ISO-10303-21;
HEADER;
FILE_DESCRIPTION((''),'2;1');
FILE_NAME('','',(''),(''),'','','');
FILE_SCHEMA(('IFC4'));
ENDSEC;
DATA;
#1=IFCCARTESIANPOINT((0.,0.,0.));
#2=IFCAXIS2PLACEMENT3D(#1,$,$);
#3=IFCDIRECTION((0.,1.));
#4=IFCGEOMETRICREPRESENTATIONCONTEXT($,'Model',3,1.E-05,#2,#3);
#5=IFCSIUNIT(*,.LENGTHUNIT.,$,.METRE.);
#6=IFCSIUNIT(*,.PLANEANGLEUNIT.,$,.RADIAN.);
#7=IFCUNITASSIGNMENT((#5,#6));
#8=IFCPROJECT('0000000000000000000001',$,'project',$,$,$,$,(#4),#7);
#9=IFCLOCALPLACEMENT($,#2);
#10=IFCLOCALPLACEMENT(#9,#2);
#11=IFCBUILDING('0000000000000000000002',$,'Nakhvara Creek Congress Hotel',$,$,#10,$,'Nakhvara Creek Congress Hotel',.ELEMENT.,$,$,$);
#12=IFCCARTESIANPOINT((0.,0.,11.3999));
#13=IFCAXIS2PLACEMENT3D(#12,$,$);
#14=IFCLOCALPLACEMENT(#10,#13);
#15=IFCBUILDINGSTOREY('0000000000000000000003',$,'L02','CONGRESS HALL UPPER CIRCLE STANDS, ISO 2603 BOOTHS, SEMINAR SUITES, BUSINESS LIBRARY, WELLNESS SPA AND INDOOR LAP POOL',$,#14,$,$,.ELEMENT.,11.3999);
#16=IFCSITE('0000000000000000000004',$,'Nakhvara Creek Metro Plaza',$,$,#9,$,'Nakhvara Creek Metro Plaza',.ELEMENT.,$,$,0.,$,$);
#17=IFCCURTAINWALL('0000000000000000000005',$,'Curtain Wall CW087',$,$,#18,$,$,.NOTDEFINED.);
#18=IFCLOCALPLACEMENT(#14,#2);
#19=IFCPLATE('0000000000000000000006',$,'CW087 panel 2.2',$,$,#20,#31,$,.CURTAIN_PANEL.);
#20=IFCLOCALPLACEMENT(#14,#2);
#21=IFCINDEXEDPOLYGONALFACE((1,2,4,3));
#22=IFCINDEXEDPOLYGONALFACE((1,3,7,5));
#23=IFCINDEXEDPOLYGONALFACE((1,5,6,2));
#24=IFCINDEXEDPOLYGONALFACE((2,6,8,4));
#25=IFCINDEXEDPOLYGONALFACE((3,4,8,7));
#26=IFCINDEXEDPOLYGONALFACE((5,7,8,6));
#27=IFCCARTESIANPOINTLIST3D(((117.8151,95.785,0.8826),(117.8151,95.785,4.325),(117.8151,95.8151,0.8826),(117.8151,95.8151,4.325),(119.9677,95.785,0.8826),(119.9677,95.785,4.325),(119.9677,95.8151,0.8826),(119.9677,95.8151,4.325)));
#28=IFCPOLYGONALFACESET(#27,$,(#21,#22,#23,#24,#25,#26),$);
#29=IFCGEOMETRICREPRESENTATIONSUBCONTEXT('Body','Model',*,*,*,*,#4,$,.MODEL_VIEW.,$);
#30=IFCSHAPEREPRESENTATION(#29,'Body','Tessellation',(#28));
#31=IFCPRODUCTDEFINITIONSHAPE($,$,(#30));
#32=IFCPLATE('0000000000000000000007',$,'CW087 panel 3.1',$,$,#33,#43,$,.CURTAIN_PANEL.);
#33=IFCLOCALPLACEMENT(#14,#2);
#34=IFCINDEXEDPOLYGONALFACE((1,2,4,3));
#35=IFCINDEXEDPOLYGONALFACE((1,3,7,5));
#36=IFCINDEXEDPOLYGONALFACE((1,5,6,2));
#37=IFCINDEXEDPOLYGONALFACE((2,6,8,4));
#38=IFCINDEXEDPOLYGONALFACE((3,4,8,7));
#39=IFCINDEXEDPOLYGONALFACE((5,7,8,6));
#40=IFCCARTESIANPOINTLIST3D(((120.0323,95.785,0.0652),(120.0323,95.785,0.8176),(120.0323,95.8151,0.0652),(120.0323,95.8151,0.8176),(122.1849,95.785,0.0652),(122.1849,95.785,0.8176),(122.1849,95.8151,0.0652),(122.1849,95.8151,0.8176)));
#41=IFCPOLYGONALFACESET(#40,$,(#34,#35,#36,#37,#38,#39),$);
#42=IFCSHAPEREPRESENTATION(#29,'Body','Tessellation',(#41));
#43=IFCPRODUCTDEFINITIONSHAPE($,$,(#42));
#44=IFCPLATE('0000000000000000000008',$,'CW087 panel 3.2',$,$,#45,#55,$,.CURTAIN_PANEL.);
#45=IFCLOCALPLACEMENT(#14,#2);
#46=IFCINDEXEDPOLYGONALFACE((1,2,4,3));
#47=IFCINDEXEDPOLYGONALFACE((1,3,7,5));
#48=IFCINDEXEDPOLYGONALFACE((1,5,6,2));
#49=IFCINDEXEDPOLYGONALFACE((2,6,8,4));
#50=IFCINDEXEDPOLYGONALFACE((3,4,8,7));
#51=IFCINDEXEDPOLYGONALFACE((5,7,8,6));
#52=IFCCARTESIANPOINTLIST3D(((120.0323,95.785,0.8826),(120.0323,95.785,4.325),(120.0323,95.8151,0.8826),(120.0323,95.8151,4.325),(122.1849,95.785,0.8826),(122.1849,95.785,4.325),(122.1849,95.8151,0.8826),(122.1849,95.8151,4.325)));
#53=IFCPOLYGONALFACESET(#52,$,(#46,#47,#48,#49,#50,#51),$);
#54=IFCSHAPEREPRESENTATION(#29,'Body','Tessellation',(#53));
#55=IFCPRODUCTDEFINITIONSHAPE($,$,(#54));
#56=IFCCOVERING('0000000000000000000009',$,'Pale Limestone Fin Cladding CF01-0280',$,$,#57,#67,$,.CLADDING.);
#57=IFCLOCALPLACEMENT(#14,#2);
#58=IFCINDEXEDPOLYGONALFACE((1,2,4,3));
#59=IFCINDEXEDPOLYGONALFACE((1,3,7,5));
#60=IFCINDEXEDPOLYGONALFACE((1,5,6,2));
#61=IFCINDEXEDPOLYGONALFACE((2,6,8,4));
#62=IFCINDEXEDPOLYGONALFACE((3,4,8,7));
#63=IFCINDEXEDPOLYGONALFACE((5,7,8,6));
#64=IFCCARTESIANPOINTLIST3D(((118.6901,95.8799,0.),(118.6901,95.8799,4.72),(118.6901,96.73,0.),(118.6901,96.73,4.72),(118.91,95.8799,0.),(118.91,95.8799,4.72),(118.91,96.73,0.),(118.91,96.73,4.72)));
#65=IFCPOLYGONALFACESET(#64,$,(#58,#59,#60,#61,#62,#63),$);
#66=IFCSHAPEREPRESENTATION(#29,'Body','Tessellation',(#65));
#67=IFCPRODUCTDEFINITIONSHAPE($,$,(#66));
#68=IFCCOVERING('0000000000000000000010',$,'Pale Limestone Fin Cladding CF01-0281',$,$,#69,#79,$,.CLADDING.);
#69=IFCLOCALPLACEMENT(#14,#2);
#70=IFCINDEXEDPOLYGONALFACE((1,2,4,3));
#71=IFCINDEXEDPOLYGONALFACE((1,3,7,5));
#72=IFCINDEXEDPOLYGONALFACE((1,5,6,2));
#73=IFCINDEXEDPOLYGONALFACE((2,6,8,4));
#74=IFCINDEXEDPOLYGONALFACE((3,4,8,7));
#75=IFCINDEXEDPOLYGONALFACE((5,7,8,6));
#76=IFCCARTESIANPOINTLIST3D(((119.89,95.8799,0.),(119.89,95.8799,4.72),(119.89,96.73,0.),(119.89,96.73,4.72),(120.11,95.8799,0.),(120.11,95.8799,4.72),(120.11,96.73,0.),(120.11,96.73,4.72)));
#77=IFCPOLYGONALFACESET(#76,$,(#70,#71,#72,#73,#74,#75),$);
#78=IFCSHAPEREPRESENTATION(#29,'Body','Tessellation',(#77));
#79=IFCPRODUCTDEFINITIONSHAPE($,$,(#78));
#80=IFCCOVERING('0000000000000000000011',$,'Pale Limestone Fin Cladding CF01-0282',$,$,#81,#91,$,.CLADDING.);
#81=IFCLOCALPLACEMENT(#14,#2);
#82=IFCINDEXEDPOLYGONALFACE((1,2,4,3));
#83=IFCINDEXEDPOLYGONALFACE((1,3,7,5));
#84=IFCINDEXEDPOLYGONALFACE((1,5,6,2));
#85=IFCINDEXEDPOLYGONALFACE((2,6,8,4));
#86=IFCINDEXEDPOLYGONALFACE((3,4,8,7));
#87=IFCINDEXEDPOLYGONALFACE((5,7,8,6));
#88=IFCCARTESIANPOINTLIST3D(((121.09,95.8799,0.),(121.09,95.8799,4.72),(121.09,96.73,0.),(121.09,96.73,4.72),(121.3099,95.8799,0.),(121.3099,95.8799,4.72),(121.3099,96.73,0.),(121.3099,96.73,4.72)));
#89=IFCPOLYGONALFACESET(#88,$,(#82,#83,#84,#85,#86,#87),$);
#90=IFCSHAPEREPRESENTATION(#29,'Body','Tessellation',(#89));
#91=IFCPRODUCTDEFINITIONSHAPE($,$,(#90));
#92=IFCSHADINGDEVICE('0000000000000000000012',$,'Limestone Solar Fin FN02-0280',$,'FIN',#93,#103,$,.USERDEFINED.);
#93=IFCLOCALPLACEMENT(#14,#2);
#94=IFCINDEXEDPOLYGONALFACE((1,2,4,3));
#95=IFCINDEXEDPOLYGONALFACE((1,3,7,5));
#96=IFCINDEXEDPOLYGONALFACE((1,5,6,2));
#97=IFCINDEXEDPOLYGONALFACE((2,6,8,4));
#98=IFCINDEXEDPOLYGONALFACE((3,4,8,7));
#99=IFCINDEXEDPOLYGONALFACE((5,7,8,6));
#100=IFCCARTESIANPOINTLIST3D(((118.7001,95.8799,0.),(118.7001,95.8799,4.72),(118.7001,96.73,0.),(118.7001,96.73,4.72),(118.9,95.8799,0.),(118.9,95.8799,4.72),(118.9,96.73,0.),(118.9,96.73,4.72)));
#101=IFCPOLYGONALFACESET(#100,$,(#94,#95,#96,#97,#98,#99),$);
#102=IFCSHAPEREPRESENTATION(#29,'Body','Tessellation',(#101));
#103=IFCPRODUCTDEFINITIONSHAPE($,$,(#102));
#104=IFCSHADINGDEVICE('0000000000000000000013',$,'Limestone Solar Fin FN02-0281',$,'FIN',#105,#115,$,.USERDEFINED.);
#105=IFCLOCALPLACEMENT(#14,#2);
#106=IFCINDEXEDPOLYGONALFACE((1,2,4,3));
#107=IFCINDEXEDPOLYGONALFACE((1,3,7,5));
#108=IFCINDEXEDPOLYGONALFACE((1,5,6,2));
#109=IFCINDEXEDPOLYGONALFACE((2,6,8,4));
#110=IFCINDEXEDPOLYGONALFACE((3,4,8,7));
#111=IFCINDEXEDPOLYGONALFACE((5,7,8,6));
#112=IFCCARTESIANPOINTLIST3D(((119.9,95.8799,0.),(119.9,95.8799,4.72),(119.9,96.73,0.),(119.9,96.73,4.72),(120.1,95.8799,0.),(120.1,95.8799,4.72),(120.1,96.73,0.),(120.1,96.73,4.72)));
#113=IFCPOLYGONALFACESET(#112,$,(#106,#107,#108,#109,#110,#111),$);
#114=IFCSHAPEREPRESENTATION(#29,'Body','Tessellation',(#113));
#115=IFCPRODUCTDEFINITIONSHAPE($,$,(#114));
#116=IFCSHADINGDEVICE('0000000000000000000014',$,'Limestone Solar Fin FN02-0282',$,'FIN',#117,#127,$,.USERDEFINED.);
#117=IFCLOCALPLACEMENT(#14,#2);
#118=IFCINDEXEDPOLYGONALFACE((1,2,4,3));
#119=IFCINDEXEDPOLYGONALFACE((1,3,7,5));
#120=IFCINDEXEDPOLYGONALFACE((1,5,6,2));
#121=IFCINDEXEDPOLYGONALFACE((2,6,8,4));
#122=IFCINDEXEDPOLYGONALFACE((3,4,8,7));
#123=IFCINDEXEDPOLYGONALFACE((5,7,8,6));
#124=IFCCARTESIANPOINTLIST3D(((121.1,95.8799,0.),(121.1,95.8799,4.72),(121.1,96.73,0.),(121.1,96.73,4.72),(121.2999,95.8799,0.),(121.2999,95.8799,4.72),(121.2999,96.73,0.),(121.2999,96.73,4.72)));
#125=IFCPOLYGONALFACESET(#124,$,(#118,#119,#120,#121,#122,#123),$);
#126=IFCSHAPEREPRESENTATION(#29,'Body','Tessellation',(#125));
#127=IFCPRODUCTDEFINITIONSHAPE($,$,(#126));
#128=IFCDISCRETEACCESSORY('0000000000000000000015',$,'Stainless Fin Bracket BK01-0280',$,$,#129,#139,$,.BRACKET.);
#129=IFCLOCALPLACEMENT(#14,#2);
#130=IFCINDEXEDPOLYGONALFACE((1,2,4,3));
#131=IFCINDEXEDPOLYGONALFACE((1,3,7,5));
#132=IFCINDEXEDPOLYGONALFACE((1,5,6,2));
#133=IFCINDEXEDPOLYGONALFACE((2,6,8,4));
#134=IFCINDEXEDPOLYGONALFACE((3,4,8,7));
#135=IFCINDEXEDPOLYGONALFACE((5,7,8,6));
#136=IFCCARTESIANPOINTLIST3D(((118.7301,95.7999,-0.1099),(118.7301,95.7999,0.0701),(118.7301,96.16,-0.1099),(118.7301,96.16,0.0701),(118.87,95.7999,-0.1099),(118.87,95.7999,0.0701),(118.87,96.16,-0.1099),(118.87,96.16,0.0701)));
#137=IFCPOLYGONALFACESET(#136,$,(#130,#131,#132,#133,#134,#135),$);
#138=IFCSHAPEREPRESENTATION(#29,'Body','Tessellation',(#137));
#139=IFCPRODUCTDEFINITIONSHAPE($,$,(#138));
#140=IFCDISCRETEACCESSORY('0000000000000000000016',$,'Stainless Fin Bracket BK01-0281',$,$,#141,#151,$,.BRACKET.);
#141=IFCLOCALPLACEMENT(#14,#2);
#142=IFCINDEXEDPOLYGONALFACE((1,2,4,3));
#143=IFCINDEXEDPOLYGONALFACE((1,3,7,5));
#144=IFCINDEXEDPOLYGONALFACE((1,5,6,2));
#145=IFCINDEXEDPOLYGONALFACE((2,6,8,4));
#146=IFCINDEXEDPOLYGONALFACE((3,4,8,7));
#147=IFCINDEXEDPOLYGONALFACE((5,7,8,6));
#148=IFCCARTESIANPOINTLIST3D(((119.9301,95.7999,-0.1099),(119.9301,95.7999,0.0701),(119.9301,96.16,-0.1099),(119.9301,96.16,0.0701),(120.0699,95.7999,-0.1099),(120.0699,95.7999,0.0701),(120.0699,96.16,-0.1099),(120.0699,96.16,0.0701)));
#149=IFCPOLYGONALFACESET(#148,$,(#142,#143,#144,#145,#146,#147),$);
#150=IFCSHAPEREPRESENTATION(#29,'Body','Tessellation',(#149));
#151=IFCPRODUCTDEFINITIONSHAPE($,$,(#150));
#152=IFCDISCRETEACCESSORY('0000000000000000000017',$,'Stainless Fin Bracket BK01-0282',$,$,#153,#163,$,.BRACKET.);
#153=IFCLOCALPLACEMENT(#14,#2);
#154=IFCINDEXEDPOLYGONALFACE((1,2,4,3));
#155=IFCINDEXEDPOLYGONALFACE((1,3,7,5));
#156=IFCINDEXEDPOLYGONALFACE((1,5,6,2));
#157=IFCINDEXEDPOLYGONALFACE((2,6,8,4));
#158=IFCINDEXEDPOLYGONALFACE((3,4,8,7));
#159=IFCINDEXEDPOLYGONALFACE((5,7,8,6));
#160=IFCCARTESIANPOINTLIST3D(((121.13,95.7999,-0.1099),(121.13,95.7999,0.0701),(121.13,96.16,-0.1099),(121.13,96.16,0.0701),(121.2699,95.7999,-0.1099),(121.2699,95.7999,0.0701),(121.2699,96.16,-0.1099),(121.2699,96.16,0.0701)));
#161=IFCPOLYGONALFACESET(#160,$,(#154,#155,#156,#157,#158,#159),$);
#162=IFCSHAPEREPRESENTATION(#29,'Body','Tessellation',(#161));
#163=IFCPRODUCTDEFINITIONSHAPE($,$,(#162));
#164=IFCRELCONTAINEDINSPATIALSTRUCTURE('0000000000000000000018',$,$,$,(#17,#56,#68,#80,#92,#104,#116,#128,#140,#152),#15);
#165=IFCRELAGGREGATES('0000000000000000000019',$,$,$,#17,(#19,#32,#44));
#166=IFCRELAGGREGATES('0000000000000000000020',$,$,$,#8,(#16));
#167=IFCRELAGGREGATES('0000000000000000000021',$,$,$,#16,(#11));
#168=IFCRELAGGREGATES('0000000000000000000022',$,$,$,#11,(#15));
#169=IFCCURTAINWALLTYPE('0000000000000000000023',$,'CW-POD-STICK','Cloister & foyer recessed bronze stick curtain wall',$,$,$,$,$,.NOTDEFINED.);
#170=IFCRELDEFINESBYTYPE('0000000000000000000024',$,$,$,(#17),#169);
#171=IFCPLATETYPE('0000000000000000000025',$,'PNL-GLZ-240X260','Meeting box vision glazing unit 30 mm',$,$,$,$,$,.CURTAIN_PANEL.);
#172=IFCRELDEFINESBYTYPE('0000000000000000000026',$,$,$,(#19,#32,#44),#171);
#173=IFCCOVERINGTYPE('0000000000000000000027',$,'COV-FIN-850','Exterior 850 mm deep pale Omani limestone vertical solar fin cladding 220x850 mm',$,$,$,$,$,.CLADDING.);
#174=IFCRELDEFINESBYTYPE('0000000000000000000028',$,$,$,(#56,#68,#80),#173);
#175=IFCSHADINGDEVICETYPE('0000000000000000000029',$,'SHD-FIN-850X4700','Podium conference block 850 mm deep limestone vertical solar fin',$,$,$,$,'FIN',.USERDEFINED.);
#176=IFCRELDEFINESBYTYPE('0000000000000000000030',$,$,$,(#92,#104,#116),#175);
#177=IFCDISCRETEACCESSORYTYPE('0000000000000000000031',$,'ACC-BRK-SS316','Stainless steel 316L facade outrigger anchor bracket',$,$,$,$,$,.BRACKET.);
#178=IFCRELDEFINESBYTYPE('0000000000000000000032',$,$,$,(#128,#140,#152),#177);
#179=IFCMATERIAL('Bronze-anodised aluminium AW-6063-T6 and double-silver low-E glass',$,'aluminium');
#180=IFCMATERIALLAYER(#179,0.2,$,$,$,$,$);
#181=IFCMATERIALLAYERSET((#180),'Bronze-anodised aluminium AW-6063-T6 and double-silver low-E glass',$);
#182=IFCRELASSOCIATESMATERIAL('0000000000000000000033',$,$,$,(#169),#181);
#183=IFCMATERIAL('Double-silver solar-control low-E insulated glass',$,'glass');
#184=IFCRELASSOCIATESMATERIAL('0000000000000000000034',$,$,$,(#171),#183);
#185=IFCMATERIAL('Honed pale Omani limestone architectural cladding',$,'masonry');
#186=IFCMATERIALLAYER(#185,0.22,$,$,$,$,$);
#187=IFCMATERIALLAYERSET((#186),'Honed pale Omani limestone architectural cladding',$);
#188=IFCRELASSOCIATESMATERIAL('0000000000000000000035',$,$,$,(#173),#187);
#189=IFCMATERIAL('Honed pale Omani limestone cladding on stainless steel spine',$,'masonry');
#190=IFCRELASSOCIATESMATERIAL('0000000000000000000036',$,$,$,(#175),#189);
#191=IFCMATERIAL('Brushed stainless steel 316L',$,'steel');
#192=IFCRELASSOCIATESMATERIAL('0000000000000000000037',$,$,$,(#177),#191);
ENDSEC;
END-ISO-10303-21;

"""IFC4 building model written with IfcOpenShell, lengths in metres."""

from ifc_helpers import new_model, si_unit, direction, frame, origin, origin_2d, place, context, subcontext, project, spatial, rectangle, extrude, material, layer, layer_set, type_object, element, aggregate, save


model = new_model("IFC4")

# Units and contexts
model_context = context("Model", 3, precision=1e-05, world=origin(), true_north=direction((0.0, 1.0)))
body_context = subcontext(model_context, "Body", "Model", "MODEL_VIEW")
ifc_project = project(units=[si_unit("LENGTHUNIT", "METRE"), si_unit("PLANEANGLEUNIT", "RADIAN")], contexts=[model_context])

# Site, building, storey
site_placement = place(None, origin())
site = spatial("IfcSite", under=ifc_project, at=site_placement, Name="Nakhvara Creek Metro Plaza", LongName="Nakhvara Creek Metro Plaza", CompositionType="ELEMENT", RefElevation=0.0)
building_placement = place(site_placement, origin())
building = spatial("IfcBuilding", under=site, at=building_placement, Name="Nakhvara Creek Congress Hotel", LongName="Nakhvara Creek Congress Hotel", CompositionType="ELEMENT")
storey_placement = place(building_placement, frame((0.0, 0.0, 11.3999)))
storey = spatial("IfcBuildingStorey", under=building, at=storey_placement, Name="L02", Description="CONGRESS HALL UPPER CIRCLE STANDS, ISO 2603 BOOTHS, SEMINAR SUITES, BUSINESS LIBRARY, WELLNESS SPA AND INDOOR LAP POOL", CompositionType="ELEMENT", Elevation=11.3999)

# Curtain wall, plates
ifc_material_1 = material(Name="Bronze-anodised aluminium AW-6063-T6 and double-silver low-E glass", Category="aluminium")
ifc_layer_1 = layer(ifc_material_1, 0.2)
ifc_layer_set_1 = layer_set([ifc_layer_1], Name="Bronze-anodised aluminium AW-6063-T6 and double-silver low-E glass")
curtain_wall_type = type_object("IfcCurtainWallType", Name="CW-POD-STICK", Description="Cloister & foyer recessed bronze stick curtain wall", PredefinedType="NOTDEFINED", material=ifc_layer_set_1)
curtain_wall_placement = place(storey_placement, origin())
curtain_wall = element("IfcCurtainWall", 1, at=curtain_wall_placement, inside=storey, type_object=curtain_wall_type, Name="Curtain Wall CW087", PredefinedType="NOTDEFINED")
ifc_material_2 = material(Name="Double-silver solar-control low-E insulated glass", Category="glass")
plate_type = type_object("IfcPlateType", Name="PNL-GLZ-240X260", Description="Meeting box vision glazing unit 30 mm", PredefinedType="CURTAIN_PANEL", material=ifc_material_2)
plate_1_placement = place(storey_placement, frame((118.8914, 95.8, 0.8826), z_axis=(0.0, 0.0, 1.0), x_axis=(1.0, 0.0, 0.0)))
plate_1 = element("IfcPlate", 2, at=plate_1_placement, type_object=plate_type, Name="CW087 panel 2.2", PredefinedType="CURTAIN_PANEL", context=body_context, shape_type="SweptSolid", body=[
    extrude(rectangle(XDim=2.1526, YDim=0.03, at=origin_2d()), origin(), (0.0, 0.0, 1.0), 3.4424),
])
plate_2_placement = place(storey_placement, frame((121.1086, 95.8, 0.0652), z_axis=(0.0, 0.0, 1.0), x_axis=(1.0, 0.0, 0.0)))
plate_2 = element("IfcPlate", 3, at=plate_2_placement, type_object=plate_type, Name="CW087 panel 3.1", PredefinedType="CURTAIN_PANEL", context=body_context, shape_type="SweptSolid", body=[
    extrude(rectangle(XDim=2.1526, YDim=0.03, at=origin_2d()), origin(), (0.0, 0.0, 1.0), 0.7524),
])
plate_3_placement = place(storey_placement, frame((121.1086, 95.8, 0.8826), z_axis=(0.0, 0.0, 1.0), x_axis=(1.0, 0.0, 0.0)))
plate_3 = element("IfcPlate", 4, at=plate_3_placement, type_object=plate_type, Name="CW087 panel 3.2", PredefinedType="CURTAIN_PANEL", context=body_context, shape_type="SweptSolid", body=[
    extrude(rectangle(XDim=2.1526, YDim=0.03, at=origin_2d()), origin(), (0.0, 0.0, 1.0), 3.4424),
])
aggregate(curtain_wall, [plate_1, plate_2, plate_3])

# Coverings
ifc_material_3 = material(Name="Honed pale Omani limestone architectural cladding", Category="masonry")
ifc_layer_2 = layer(ifc_material_3, 0.22)
ifc_layer_set_2 = layer_set([ifc_layer_2], Name="Honed pale Omani limestone architectural cladding")
covering_type = type_object("IfcCoveringType", Name="COV-FIN-850", Description="Exterior 850 mm deep pale Omani limestone vertical solar fin cladding 220x850 mm", PredefinedType="CLADDING", material=ifc_layer_set_2)
for number, where, z_axis, x_axis, name in (
    (5, (118.8, 96.3049, 0.0), (0.0, 0.0, 1.0), (1.0, 0.0, 0.0), "Pale Limestone Fin Cladding CF01-0280"),
    (6, (120.0, 96.3049, 0.0), (0.0, 0.0, 1.0), (1.0, 0.0, 0.0), "Pale Limestone Fin Cladding CF01-0281"),
    (7, (121.2, 96.3049, 0.0), (0.0, 0.0, 1.0), (1.0, 0.0, 0.0), "Pale Limestone Fin Cladding CF01-0282"),
):
    element("IfcCovering", number, at=place(storey_placement, frame(where, z_axis=z_axis, x_axis=x_axis)), inside=storey, type_object=covering_type, Name=name, PredefinedType="CLADDING", context=body_context, shape_type="SweptSolid", body=[
        extrude(rectangle(XDim=0.22, YDim=0.8501, at=origin_2d()), origin(), (0.0, 0.0, 1.0), 4.72),
    ])

# Shading devices
ifc_material_4 = material(Name="Honed pale Omani limestone cladding on stainless steel spine", Category="masonry")
shading_device_type = type_object("IfcShadingDeviceType", Name="SHD-FIN-850X4700", Description="Podium conference block 850 mm deep limestone vertical solar fin", ElementType="FIN", PredefinedType="USERDEFINED", material=ifc_material_4)
for number, where, z_axis, x_axis, name in (
    (8, (118.8, 96.3049, 0.0), (0.0, 0.0, 1.0), (1.0, 0.0, 0.0), "Limestone Solar Fin FN02-0280"),
    (9, (120.0, 96.3049, 0.0), (0.0, 0.0, 1.0), (1.0, 0.0, 0.0), "Limestone Solar Fin FN02-0281"),
    (10, (121.2, 96.3049, 0.0), (0.0, 0.0, 1.0), (1.0, 0.0, 0.0), "Limestone Solar Fin FN02-0282"),
):
    element("IfcShadingDevice", number, at=place(storey_placement, frame(where, z_axis=z_axis, x_axis=x_axis)), inside=storey, type_object=shading_device_type, Name=name, ObjectType="FIN", PredefinedType="USERDEFINED", context=body_context, shape_type="SweptSolid", body=[
        extrude(rectangle(XDim=0.2, YDim=0.8501, at=origin_2d()), origin(), (0.0, 0.0, 1.0), 4.72),
    ])

# Discrete accessories
ifc_material_5 = material(Name="Brushed stainless steel 316L", Category="steel")
discrete_accessory_type = type_object("IfcDiscreteAccessoryType", Name="ACC-BRK-SS316", Description="Stainless steel 316L facade outrigger anchor bracket", PredefinedType="BRACKET", material=ifc_material_5)
for number, where, z_axis, x_axis, name in (
    (11, (118.8, 95.98, -0.1099), (0.0, 0.0, 1.0), (1.0, 0.0, 0.0), "Stainless Fin Bracket BK01-0280"),
    (12, (120.0, 95.98, -0.1099), (0.0, 0.0, 1.0), (1.0, 0.0, 0.0), "Stainless Fin Bracket BK01-0281"),
    (13, (121.2, 95.98, -0.1099), (0.0, 0.0, 1.0), (1.0, 0.0, 0.0), "Stainless Fin Bracket BK01-0282"),
):
    element("IfcDiscreteAccessory", number, at=place(storey_placement, frame(where, z_axis=z_axis, x_axis=x_axis)), inside=storey, type_object=discrete_accessory_type, Name=name, PredefinedType="BRACKET", context=body_context, shape_type="SweptSolid", body=[
        extrude(rectangle(XDim=0.1399, YDim=0.3601, at=origin_2d()), origin(), (0.0, 0.0, 1.0), 0.1799),
    ])

save(model, "model.ifc")
